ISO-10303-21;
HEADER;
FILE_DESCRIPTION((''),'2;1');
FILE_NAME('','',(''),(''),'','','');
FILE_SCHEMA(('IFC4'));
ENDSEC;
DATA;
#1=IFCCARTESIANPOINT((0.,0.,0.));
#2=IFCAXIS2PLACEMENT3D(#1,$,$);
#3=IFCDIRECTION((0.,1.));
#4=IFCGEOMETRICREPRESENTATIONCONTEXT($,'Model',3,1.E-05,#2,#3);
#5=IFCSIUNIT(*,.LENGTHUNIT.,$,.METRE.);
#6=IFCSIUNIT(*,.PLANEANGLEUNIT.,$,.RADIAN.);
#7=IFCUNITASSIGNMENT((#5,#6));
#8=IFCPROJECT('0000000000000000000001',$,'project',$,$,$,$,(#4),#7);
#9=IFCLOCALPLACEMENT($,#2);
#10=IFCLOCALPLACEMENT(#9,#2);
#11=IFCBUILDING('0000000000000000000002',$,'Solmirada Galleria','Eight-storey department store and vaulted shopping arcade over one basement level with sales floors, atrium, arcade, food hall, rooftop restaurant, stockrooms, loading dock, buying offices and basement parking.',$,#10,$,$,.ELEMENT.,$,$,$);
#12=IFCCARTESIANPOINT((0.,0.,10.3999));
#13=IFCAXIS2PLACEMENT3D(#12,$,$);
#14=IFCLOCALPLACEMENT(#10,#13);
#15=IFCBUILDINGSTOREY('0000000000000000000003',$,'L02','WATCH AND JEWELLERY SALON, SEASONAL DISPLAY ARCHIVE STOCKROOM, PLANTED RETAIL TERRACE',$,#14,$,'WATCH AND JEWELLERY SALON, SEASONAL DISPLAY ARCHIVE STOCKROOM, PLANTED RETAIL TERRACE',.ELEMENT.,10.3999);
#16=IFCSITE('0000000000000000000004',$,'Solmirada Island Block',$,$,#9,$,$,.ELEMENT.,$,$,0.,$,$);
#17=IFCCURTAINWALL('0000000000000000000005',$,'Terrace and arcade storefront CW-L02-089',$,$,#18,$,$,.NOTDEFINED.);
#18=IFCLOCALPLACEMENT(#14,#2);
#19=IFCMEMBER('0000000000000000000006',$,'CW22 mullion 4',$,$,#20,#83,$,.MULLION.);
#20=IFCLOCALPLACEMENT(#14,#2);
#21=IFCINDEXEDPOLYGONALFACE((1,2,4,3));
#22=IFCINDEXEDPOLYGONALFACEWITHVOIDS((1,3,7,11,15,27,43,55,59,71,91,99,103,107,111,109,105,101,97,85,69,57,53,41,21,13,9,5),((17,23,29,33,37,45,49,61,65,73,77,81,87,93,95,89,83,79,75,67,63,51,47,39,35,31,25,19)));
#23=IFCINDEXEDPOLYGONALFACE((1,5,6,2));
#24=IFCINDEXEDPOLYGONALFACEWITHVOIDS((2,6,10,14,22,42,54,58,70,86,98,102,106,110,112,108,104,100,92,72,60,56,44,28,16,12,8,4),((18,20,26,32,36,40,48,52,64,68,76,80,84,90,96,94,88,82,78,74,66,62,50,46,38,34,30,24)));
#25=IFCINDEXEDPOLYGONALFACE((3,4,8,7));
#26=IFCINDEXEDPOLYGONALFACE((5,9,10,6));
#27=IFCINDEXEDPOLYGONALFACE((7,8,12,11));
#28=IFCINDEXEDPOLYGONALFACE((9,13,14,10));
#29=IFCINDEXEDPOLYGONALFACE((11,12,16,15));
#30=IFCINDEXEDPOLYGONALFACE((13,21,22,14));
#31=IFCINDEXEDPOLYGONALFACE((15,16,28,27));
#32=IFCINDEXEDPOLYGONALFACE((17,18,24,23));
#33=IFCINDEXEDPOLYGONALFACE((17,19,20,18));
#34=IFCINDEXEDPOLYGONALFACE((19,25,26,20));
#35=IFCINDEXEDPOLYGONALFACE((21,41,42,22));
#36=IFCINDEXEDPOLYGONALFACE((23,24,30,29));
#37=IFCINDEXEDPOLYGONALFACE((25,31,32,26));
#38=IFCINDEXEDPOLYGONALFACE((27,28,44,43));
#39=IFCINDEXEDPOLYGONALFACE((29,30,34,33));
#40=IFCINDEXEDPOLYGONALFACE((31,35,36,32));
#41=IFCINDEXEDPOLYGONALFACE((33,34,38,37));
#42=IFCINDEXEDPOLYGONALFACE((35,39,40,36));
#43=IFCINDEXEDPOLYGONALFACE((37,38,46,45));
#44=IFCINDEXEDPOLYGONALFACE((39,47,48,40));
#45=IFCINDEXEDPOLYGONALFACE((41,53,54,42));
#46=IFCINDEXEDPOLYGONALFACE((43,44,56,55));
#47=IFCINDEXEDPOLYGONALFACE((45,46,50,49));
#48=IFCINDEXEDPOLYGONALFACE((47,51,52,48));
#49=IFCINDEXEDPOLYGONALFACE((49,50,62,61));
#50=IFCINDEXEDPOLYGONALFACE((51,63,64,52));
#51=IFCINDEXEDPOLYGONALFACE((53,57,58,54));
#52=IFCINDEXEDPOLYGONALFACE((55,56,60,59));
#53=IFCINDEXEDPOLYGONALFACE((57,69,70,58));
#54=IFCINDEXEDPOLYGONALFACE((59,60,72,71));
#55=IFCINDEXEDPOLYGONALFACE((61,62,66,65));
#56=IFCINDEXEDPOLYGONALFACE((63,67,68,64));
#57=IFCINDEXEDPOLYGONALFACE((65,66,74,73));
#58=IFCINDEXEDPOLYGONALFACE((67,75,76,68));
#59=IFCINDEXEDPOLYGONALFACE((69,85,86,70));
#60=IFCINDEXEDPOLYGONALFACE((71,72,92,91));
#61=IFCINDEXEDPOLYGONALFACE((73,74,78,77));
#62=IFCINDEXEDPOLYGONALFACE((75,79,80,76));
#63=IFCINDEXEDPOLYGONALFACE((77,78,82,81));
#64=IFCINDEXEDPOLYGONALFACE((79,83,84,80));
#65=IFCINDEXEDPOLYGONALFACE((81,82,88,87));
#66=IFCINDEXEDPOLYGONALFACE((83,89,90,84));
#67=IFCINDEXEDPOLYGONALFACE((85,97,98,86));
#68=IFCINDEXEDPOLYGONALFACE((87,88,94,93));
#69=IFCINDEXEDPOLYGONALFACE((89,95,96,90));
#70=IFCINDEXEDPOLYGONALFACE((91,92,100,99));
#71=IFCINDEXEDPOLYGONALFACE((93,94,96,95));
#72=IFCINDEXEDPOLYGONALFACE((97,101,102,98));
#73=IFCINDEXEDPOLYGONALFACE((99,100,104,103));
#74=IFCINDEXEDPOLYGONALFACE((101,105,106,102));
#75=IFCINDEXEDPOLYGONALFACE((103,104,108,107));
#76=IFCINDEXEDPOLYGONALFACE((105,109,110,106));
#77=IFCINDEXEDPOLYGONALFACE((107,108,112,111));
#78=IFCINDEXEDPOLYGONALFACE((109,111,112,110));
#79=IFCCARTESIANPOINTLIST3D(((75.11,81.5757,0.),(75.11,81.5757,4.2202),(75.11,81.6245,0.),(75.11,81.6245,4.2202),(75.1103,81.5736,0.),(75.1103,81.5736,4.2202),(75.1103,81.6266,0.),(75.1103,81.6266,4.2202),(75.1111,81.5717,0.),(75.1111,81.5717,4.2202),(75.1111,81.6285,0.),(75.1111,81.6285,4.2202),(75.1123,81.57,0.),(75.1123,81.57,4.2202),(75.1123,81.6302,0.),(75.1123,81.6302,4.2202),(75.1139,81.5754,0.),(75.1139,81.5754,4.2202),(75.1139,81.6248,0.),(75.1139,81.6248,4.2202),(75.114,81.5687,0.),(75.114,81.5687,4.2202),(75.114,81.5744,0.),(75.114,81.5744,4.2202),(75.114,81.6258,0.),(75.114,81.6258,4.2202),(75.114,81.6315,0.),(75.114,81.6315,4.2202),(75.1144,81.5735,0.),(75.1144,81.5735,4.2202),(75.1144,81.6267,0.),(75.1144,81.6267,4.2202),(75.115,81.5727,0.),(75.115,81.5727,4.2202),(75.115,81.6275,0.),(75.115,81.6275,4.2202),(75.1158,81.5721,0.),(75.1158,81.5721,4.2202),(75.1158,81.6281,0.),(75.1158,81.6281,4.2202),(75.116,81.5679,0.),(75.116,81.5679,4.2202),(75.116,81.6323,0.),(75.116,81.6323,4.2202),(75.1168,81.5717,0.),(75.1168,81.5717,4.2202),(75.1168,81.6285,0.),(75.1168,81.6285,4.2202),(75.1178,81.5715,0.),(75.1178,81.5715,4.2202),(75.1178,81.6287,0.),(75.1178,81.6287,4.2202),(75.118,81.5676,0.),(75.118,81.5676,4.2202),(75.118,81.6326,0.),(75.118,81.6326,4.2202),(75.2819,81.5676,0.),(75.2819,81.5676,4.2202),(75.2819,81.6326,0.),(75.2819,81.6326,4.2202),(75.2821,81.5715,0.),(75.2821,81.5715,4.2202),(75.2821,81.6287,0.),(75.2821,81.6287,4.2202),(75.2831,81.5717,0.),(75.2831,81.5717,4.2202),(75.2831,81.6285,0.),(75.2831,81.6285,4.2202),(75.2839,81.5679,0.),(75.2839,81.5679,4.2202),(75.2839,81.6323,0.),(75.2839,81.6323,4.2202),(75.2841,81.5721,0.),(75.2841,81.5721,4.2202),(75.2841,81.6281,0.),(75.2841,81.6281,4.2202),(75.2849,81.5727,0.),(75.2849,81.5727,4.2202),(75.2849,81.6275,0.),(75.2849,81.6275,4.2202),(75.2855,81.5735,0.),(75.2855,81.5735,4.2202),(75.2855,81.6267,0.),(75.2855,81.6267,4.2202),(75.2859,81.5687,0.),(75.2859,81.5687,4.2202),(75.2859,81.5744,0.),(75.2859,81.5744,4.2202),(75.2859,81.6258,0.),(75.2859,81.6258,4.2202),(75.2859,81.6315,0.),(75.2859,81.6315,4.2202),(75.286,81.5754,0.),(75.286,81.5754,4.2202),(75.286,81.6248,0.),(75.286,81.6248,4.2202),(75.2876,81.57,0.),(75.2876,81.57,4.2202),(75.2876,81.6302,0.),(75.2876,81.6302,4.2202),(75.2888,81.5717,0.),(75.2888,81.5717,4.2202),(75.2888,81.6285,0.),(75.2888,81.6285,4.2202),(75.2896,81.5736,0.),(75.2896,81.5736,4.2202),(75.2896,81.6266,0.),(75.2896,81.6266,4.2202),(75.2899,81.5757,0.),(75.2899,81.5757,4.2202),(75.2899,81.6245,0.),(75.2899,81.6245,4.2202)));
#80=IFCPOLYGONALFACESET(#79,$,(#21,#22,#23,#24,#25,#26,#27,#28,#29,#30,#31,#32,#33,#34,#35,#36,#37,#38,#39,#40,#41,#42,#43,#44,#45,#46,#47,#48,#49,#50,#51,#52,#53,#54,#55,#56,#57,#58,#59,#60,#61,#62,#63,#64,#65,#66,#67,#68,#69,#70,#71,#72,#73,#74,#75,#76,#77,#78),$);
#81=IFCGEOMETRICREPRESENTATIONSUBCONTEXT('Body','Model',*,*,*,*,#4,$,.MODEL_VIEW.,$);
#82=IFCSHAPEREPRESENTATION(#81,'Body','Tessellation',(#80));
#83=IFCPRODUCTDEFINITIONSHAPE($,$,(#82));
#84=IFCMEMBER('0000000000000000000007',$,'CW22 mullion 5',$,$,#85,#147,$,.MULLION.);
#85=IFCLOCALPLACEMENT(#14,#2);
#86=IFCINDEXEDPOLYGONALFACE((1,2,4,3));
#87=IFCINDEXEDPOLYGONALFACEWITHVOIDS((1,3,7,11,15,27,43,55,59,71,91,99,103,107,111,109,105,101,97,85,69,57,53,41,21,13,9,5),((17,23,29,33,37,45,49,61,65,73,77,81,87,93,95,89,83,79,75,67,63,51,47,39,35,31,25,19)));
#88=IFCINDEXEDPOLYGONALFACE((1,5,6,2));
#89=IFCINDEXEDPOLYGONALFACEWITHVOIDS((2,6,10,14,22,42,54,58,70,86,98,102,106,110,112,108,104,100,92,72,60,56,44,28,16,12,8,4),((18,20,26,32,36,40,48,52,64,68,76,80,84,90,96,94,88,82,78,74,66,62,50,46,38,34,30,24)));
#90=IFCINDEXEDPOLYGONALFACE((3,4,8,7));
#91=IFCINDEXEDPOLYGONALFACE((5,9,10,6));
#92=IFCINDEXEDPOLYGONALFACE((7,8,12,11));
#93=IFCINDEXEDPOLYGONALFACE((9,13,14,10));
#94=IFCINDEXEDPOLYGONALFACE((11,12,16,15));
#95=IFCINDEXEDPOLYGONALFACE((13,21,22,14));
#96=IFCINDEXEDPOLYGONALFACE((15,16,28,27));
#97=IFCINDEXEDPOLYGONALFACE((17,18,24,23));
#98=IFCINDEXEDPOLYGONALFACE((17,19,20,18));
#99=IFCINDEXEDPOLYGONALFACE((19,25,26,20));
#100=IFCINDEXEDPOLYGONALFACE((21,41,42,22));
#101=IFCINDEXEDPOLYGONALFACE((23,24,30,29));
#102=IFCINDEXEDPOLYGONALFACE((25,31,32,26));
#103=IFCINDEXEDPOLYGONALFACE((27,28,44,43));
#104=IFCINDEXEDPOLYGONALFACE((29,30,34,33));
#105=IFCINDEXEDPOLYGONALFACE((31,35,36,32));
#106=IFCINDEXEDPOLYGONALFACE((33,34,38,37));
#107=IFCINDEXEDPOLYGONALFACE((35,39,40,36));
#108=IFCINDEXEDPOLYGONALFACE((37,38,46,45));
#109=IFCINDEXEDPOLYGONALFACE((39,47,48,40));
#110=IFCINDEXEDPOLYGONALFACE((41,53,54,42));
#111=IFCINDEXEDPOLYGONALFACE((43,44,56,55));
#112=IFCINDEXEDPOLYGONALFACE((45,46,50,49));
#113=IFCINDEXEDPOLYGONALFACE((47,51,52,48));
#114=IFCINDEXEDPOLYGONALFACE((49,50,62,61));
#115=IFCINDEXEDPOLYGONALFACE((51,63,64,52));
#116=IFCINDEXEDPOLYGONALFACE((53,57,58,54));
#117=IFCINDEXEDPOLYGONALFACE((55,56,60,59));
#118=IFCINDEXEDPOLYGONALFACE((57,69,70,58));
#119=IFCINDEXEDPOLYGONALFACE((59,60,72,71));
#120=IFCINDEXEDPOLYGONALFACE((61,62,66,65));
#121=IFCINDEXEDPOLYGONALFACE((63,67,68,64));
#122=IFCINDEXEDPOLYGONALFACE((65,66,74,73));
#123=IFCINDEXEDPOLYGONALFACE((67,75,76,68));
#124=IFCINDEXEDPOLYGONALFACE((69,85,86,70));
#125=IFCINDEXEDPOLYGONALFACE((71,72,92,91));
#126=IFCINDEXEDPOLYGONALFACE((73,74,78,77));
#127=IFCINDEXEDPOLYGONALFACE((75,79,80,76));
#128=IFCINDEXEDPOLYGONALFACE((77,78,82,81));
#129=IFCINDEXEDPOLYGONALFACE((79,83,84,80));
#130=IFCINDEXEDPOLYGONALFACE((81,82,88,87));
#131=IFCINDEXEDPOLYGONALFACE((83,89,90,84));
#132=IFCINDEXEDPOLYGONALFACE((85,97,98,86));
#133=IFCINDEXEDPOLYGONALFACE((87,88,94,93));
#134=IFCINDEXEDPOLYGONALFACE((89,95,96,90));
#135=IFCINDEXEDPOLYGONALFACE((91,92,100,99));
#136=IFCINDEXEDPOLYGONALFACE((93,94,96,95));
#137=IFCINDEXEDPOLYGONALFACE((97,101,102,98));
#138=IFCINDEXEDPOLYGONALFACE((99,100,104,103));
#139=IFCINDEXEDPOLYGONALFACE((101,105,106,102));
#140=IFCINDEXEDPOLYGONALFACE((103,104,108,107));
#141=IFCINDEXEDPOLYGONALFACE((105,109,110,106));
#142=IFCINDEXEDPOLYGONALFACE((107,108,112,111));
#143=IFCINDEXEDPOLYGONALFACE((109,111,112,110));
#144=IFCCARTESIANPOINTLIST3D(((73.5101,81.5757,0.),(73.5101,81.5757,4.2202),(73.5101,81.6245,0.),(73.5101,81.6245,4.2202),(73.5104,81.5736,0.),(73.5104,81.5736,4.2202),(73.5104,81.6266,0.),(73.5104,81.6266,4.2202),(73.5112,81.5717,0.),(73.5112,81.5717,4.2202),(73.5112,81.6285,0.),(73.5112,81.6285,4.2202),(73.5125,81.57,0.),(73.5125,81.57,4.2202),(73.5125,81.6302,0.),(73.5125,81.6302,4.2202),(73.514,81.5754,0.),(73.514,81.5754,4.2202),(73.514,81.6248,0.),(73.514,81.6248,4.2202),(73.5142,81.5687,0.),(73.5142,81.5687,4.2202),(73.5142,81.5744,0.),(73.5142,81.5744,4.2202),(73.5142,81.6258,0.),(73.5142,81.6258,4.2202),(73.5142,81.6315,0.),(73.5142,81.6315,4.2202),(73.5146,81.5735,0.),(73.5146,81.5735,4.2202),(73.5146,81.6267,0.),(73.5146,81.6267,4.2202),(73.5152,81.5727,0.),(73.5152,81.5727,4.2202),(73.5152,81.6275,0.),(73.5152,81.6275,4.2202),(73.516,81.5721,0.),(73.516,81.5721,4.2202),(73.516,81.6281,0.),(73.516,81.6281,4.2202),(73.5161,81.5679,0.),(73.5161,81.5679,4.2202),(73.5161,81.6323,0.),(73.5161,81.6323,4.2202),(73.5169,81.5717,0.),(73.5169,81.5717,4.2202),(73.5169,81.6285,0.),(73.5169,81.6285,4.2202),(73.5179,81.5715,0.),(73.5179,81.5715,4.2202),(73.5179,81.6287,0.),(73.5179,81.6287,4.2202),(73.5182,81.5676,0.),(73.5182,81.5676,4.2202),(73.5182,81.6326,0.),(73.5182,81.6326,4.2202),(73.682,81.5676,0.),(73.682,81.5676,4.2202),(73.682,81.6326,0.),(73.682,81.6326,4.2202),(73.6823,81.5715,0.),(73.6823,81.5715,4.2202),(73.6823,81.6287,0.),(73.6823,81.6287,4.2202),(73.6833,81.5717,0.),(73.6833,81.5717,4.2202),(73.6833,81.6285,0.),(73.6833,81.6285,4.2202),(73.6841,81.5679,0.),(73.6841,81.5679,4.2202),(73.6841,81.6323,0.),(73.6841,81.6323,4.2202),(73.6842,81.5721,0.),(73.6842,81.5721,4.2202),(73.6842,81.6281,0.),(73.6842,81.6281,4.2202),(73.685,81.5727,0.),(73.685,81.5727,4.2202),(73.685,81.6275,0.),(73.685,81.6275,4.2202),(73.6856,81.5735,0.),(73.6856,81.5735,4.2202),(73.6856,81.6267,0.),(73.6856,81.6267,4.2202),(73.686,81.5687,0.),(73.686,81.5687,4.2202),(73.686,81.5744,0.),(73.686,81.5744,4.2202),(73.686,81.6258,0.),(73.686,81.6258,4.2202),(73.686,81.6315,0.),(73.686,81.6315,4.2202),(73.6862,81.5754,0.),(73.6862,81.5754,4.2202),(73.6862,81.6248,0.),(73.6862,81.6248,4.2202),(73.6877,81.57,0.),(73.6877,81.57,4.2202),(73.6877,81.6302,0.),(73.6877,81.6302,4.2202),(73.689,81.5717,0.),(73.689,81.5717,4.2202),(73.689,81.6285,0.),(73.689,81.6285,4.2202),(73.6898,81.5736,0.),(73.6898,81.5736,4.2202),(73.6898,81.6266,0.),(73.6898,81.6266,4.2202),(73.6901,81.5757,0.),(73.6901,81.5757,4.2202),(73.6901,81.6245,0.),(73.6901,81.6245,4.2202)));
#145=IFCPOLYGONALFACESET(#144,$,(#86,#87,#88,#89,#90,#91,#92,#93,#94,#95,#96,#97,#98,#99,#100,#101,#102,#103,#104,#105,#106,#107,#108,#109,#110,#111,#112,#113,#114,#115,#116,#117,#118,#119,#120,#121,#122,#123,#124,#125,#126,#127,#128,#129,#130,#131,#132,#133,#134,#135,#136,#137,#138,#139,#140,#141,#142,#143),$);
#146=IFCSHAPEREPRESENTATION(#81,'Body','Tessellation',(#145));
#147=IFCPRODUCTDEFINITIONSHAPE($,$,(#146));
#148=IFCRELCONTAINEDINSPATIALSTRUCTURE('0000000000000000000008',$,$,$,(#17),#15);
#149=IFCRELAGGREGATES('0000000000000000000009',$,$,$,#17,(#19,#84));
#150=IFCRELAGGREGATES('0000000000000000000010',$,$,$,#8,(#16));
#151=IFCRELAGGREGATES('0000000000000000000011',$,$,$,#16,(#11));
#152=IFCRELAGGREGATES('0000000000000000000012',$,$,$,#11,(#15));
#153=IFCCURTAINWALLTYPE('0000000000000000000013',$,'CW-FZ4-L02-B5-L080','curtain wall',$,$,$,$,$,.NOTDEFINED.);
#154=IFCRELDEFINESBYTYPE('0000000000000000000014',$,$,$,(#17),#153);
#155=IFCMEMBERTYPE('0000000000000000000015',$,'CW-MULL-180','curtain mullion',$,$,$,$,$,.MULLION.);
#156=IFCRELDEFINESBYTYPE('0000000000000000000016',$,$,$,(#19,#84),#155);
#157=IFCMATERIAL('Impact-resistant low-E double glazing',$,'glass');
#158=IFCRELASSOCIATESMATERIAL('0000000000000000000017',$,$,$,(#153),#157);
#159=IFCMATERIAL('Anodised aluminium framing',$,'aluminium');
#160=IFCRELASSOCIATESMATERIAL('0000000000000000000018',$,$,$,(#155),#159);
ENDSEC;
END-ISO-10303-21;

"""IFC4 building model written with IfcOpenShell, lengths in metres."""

from ifc_helpers import new_model, si_unit, direction, frame, origin, origin_2d, place, context, subcontext, project, spatial, hollow_rectangle, extrude, material, material_profile, profile_set, type_object, element, aggregate, save


model = new_model("IFC4")

# Units and contexts
model_context = context("Model", 3, precision=1e-05, world=origin(), true_north=direction((0.0, 1.0)))
body_context = subcontext(model_context, "Body", "Model", "MODEL_VIEW")
ifc_project = project(units=[si_unit("LENGTHUNIT", "METRE"), si_unit("PLANEANGLEUNIT", "RADIAN")], contexts=[model_context])

# Site, building, storey
site_placement = place(None, origin())
site = spatial("IfcSite", under=ifc_project, at=site_placement, Name="Solmirada Island Block", CompositionType="ELEMENT", RefElevation=0.0)
building_placement = place(site_placement, origin())
building = spatial("IfcBuilding", under=site, at=building_placement, Name="Solmirada Galleria", Description="Eight-storey department store and vaulted shopping arcade over one basement level with sales floors, atrium, arcade, food hall, rooftop restaurant, stockrooms, loading dock, buying offices and basement parking.", CompositionType="ELEMENT")
storey_placement = place(building_placement, frame((0.0, 0.0, 10.3999)))
storey = spatial("IfcBuildingStorey", under=building, at=storey_placement, Name="L02", Description="WATCH AND JEWELLERY SALON, SEASONAL DISPLAY ARCHIVE STOCKROOM, PLANTED RETAIL TERRACE", LongName="WATCH AND JEWELLERY SALON, SEASONAL DISPLAY ARCHIVE STOCKROOM, PLANTED RETAIL TERRACE", CompositionType="ELEMENT", Elevation=10.3999)

# Shared definitions
ifc_material_1 = material(Name="Impact-resistant low-E double glazing", Category="glass")
curtain_wall_type = type_object("IfcCurtainWallType", Name="CW-FZ4-L02-B5-L080", Description="curtain wall", PredefinedType="NOTDEFINED", material=ifc_material_1)
ifc_material_2 = material(Name="Anodised aluminium framing", Category="aluminium")
ifc_material_profile_1 = material_profile(ifc_material_2, hollow_rectangle(XDim=0.0649, YDim=0.1799, WallThickness=0.0039, InnerFilletRadius=0.0039, OuterFilletRadius=0.0081, at=origin_2d()), Name="ALU-MULL-180X65")
ifc_profile_set_1 = profile_set([ifc_material_profile_1], Name="Anodised aluminium framing")
member_type_1 = type_object("IfcMemberType", Name="CW-MULL-180", Description="curtain mullion", PredefinedType="MULLION", material=ifc_profile_set_1)

# Curtain wall, members
curtain_wall_1_placement = place(storey_placement, origin())
curtain_wall_1 = element("IfcCurtainWall", 1, at=curtain_wall_1_placement, inside=storey, type_object=curtain_wall_type, Name="Terrace and arcade storefront CW-L02-089", PredefinedType="NOTDEFINED")
member_1_placement = place(storey_placement, frame((75.2, 81.6001, 0.0), z_axis=(0.0, 0.0, 1.0), x_axis=(0.0, -1.0, 0.0)))
member_1 = element("IfcMember", 2, at=member_1_placement, type_object=member_type_1, Name="CW22 mullion 4", PredefinedType="MULLION", context=body_context, shape_type="SweptSolid", body=[
    extrude(hollow_rectangle(XDim=0.0649, YDim=0.1799, WallThickness=0.0039, InnerFilletRadius=0.0039, OuterFilletRadius=0.0081, at=origin_2d()), origin(), (0.0, 0.0, 1.0), 4.2202),
])
member_2_placement = place(storey_placement, frame((73.6001, 81.6001, 0.0), z_axis=(0.0, 0.0, 1.0), x_axis=(0.0, -1.0, 0.0)))
member_2 = element("IfcMember", 3, at=member_2_placement, type_object=member_type_1, Name="CW22 mullion 5", PredefinedType="MULLION", context=body_context, shape_type="SweptSolid", body=[
    extrude(hollow_rectangle(XDim=0.0649, YDim=0.1799, WallThickness=0.0039, InnerFilletRadius=0.0039, OuterFilletRadius=0.0081, at=origin_2d()), origin(), (0.0, 0.0, 1.0), 4.2202),
])

aggregate(curtain_wall_1, [member_1, member_2])

save(model, "model.ifc")
